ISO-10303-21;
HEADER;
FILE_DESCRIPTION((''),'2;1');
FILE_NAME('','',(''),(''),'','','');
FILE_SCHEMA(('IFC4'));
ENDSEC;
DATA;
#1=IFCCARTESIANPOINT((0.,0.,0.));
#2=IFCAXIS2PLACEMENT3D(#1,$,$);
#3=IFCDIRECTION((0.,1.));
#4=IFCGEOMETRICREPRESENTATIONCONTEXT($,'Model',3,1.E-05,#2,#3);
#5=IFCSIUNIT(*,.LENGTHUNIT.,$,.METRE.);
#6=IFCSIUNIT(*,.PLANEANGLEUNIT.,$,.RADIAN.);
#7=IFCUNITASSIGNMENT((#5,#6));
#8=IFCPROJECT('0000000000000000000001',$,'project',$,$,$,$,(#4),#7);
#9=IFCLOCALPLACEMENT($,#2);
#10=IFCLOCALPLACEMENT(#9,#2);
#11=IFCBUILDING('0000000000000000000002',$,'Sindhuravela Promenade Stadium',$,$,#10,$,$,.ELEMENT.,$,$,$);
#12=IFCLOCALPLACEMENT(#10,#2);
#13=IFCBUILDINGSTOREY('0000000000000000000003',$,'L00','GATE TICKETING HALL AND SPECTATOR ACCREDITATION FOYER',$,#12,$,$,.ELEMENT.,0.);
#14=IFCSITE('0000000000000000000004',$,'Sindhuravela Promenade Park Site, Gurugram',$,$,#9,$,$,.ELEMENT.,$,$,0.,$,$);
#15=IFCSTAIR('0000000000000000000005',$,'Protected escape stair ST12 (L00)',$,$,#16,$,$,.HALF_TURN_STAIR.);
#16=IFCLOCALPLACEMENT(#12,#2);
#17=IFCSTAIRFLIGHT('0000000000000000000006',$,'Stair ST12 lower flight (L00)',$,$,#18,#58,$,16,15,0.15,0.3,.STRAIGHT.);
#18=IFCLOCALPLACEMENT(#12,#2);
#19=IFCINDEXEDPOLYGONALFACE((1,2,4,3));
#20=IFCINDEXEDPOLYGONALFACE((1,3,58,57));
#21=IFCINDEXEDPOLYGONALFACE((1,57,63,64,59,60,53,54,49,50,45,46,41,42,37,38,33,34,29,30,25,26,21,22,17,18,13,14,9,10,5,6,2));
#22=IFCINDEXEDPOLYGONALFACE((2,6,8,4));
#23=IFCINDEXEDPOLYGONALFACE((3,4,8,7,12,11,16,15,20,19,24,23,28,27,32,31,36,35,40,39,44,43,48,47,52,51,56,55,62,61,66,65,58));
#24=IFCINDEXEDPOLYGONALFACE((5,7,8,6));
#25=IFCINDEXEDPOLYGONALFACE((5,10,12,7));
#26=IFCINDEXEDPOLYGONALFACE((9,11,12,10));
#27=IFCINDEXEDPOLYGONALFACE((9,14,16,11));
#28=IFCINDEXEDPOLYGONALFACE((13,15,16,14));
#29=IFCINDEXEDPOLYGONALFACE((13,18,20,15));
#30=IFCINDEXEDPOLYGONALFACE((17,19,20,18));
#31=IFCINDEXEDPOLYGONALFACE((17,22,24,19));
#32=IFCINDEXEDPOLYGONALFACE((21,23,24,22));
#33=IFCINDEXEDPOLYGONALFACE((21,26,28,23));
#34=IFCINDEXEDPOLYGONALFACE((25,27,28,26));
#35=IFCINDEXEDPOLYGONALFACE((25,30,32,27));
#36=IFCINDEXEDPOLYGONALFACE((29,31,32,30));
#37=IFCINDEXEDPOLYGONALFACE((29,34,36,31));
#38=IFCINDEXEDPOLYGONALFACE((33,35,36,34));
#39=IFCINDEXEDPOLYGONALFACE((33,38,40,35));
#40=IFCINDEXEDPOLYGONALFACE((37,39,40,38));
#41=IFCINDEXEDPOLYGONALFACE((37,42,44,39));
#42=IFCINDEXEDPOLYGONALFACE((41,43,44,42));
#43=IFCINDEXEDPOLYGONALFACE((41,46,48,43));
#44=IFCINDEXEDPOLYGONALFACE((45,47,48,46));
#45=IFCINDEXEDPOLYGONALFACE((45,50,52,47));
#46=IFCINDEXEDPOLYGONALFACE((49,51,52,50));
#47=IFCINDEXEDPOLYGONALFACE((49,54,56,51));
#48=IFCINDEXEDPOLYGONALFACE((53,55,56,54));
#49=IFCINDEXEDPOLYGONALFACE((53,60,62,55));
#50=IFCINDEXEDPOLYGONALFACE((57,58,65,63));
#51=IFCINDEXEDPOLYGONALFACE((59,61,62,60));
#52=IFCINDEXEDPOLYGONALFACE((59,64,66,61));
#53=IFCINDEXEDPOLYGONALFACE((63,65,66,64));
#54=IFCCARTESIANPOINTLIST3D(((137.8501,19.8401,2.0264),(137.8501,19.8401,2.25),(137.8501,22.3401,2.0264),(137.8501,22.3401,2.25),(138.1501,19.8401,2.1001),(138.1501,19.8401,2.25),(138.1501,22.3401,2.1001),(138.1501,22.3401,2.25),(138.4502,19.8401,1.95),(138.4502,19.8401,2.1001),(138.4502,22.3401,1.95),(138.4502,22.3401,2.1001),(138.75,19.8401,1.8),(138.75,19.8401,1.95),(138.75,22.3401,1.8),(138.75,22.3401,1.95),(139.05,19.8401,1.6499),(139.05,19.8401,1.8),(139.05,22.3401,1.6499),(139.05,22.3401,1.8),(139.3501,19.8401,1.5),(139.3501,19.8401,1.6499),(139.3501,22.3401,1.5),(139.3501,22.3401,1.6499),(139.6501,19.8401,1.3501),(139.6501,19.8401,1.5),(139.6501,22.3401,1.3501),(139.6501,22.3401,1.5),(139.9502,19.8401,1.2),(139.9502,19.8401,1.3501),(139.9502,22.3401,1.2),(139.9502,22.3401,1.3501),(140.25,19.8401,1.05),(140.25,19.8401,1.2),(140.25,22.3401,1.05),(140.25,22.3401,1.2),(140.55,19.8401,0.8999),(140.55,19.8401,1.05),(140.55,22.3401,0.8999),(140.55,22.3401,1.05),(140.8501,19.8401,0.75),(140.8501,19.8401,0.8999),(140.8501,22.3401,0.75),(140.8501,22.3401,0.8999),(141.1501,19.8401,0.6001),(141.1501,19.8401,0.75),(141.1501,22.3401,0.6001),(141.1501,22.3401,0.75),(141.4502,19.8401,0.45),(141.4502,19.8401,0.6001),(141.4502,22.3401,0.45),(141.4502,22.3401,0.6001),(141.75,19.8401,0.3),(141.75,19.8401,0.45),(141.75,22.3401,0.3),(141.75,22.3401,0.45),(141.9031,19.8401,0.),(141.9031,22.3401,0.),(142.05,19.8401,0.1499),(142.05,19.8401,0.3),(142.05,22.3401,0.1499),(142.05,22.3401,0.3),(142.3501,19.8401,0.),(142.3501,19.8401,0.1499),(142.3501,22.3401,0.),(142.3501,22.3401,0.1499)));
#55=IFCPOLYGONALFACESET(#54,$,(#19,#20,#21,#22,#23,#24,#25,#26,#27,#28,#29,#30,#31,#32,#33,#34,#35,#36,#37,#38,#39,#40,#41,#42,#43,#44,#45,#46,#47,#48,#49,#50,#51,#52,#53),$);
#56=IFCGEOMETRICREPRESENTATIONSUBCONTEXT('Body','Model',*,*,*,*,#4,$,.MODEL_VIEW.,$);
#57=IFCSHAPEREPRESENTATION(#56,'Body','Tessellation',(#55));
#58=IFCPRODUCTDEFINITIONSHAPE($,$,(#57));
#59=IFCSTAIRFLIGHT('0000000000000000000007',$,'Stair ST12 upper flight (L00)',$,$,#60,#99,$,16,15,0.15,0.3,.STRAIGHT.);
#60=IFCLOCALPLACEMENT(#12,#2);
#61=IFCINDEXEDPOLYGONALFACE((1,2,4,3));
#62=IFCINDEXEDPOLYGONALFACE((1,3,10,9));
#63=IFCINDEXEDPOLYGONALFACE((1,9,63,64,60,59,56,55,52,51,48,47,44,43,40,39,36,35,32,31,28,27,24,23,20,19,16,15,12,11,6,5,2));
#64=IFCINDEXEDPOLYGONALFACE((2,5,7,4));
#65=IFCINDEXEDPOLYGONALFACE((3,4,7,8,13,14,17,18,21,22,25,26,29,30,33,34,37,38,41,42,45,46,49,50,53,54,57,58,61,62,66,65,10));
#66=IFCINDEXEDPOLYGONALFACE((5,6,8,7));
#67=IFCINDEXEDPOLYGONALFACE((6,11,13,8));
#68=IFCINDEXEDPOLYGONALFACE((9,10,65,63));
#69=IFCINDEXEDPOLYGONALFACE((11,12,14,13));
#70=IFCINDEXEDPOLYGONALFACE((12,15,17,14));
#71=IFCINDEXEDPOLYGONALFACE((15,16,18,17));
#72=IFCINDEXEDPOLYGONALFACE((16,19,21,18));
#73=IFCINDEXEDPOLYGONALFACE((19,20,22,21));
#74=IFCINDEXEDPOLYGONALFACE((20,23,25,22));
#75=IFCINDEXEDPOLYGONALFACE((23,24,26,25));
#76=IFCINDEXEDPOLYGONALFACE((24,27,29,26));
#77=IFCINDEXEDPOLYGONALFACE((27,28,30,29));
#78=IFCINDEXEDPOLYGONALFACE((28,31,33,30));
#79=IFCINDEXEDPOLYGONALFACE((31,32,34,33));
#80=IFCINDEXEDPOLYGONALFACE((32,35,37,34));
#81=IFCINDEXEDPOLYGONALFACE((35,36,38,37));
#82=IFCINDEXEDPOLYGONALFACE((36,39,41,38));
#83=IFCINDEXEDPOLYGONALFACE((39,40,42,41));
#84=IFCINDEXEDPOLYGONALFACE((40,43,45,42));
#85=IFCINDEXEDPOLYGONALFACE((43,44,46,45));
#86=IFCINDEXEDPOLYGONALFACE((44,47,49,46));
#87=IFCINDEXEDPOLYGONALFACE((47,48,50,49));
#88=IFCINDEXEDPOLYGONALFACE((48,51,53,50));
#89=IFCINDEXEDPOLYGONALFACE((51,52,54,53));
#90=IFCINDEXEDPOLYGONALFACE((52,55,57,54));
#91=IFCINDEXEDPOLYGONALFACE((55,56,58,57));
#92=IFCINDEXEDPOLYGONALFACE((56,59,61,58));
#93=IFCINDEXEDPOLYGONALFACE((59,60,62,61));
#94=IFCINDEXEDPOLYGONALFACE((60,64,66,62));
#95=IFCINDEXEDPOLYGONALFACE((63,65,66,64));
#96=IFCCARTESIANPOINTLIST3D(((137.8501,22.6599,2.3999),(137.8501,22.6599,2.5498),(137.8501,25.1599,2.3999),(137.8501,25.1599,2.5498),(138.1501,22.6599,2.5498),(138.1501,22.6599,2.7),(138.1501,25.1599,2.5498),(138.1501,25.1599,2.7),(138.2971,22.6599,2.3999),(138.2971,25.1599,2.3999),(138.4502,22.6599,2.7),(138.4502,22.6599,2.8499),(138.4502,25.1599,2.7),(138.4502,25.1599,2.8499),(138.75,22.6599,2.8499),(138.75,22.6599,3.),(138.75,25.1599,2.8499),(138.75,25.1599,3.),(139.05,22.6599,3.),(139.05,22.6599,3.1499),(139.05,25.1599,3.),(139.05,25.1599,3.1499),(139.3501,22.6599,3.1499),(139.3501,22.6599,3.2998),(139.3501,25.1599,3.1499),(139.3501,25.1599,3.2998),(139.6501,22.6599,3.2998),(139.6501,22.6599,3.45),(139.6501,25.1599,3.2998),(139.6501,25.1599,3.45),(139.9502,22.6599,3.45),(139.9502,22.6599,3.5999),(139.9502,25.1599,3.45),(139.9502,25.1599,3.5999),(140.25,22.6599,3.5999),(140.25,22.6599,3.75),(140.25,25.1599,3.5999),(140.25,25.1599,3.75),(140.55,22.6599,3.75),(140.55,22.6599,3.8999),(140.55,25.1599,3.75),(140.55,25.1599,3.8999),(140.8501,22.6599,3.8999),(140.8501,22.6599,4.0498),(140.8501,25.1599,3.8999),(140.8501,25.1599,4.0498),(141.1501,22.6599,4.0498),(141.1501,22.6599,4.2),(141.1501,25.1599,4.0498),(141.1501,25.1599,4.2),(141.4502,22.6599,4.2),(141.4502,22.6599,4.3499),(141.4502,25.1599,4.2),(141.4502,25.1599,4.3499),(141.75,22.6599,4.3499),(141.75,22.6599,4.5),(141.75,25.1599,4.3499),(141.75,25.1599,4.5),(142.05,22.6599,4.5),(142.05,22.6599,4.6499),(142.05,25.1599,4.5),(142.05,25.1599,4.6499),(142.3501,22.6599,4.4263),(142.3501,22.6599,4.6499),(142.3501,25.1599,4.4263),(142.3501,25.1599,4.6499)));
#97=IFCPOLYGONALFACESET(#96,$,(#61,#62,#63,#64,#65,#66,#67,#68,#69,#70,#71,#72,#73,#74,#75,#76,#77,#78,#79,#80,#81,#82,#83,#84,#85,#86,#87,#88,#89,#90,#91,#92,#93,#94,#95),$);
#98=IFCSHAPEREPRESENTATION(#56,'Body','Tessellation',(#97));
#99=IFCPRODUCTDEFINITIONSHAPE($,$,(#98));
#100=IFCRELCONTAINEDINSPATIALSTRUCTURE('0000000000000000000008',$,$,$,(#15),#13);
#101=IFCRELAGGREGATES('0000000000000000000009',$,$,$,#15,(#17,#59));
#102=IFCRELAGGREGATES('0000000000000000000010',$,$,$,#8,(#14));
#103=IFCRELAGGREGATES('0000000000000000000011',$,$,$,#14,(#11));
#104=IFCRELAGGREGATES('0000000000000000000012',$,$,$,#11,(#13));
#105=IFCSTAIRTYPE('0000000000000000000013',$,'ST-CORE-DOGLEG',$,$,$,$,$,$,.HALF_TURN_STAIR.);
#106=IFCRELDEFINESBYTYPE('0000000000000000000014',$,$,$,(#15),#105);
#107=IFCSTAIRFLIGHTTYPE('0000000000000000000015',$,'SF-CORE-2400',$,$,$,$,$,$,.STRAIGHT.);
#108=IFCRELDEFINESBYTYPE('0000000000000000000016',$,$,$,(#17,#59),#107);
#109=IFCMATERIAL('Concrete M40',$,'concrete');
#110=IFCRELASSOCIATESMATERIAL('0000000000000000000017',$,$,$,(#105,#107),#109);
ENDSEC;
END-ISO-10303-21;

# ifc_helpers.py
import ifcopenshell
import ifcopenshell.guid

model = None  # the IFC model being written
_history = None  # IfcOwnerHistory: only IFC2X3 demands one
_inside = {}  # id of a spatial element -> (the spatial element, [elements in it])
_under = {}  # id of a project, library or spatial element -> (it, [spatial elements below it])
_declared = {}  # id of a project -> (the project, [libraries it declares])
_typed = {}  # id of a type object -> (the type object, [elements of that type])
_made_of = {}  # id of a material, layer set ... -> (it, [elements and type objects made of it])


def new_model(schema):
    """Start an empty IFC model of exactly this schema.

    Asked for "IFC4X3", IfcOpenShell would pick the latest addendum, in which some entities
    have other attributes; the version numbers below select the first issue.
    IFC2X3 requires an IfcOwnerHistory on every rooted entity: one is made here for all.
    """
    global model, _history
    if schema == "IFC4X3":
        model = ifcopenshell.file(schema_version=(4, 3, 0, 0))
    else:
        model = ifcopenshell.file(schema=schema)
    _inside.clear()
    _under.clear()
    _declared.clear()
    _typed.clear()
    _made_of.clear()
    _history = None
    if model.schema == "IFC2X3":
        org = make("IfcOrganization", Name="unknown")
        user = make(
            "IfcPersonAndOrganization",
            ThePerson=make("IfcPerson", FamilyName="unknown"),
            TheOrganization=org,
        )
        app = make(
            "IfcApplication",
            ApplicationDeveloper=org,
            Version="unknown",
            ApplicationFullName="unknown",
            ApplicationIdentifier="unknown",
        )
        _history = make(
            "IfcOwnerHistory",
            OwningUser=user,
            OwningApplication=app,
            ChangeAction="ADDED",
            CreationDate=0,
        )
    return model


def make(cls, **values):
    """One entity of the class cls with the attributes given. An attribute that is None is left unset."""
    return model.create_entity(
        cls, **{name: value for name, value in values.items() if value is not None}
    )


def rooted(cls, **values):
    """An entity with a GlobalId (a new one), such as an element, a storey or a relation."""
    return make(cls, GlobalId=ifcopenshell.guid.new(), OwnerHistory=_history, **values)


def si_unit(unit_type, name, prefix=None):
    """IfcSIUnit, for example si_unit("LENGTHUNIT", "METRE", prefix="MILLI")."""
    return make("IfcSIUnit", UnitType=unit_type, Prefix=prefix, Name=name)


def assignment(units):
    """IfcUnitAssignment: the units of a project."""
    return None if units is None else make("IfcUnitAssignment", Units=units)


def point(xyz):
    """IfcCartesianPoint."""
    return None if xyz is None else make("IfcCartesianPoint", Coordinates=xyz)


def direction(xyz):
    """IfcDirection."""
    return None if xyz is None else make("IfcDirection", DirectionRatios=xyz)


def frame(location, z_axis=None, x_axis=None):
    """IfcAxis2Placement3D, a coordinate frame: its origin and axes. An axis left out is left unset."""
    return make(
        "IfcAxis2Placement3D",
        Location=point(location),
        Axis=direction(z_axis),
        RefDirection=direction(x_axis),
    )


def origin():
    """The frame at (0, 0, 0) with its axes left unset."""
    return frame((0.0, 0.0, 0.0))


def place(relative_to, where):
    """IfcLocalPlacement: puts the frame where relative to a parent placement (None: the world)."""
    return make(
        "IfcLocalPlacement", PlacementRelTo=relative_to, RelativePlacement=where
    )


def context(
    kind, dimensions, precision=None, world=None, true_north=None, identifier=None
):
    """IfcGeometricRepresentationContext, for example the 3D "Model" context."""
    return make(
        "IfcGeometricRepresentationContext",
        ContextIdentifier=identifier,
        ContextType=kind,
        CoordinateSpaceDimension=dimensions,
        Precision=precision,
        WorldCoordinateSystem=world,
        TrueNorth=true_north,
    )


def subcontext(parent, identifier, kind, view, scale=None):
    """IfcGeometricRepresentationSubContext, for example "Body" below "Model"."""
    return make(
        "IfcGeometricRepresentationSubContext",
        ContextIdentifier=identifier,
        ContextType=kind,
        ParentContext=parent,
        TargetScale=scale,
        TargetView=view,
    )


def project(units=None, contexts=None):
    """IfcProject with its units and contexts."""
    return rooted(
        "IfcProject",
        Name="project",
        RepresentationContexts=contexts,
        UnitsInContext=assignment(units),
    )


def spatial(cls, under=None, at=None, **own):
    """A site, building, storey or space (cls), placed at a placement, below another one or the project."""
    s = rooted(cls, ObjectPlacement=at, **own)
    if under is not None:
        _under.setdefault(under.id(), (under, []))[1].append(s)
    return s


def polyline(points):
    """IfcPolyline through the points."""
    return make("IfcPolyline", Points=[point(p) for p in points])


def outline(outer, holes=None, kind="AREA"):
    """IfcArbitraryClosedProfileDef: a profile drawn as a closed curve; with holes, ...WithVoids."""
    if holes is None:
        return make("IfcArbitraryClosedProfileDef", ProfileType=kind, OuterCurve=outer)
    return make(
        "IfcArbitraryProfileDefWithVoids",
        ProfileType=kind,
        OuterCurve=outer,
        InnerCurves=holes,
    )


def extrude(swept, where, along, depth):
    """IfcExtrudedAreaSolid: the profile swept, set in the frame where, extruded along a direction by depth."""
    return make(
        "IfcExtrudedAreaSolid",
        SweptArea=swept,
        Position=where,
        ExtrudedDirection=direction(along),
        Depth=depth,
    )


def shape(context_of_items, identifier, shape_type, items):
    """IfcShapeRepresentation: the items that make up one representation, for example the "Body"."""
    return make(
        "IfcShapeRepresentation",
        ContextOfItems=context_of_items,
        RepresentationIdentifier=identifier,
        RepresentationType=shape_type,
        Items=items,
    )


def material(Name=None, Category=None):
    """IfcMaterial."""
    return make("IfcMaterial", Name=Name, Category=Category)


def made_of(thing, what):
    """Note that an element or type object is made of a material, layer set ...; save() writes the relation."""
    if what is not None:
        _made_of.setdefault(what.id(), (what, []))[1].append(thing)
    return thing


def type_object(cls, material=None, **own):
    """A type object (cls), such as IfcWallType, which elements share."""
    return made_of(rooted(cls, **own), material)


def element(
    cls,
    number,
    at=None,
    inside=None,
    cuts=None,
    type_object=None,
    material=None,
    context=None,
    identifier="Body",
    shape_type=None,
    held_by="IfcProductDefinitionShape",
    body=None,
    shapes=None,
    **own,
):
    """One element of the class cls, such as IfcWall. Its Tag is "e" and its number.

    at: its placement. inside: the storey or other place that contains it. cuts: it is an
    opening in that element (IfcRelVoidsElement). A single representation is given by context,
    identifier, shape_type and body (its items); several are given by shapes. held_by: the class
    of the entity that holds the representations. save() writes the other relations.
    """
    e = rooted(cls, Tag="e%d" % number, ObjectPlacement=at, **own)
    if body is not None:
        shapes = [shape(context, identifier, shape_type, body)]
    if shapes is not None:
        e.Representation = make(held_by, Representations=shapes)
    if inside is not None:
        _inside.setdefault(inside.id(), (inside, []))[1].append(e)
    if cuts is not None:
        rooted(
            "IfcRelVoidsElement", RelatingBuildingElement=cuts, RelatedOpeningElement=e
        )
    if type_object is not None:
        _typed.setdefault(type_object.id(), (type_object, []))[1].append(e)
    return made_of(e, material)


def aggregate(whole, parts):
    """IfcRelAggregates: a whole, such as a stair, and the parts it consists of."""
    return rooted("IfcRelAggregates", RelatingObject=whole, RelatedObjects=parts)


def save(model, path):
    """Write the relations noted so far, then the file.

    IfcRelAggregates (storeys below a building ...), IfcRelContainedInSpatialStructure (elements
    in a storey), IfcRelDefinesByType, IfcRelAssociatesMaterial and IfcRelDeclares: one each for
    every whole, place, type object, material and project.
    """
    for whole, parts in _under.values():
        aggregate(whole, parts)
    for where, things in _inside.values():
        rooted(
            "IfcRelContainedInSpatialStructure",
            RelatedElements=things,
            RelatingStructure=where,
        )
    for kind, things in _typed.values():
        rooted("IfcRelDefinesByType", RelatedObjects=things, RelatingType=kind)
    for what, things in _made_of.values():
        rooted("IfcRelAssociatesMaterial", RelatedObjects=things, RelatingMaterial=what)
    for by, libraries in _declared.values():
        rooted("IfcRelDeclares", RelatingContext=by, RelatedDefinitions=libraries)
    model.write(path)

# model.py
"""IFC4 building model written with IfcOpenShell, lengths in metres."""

from ifc_helpers import new_model, si_unit, direction, frame, origin, place, context, subcontext, project, spatial, polyline, outline, extrude, material, type_object, element, aggregate, save


model = new_model("IFC4")

# Units and contexts
model_context = context("Model", 3, precision=1e-05, world=origin(), true_north=direction((0.0, 1.0)))
body_context = subcontext(model_context, "Body", "Model", "MODEL_VIEW")
ifc_project = project(units=[si_unit("LENGTHUNIT", "METRE"), si_unit("PLANEANGLEUNIT", "RADIAN")], contexts=[model_context])

# Site, building, storey
site_placement = place(None, origin())
site = spatial("IfcSite", under=ifc_project, at=site_placement, Name="Sindhuravela Promenade Park Site, Gurugram", CompositionType="ELEMENT", RefElevation=0.0)
building_placement = place(site_placement, origin())
building = spatial("IfcBuilding", under=site, at=building_placement, Name="Sindhuravela Promenade Stadium", CompositionType="ELEMENT")
storey_placement = place(building_placement, origin())
storey = spatial("IfcBuildingStorey", under=building, at=storey_placement, Name="L00", Description="GATE TICKETING HALL AND SPECTATOR ACCREDITATION FOYER", CompositionType="ELEMENT", Elevation=0.0)

# Shared definitions
ifc_material_1 = material(Name="Concrete M40", Category="concrete")

# Stair, stair flights
stair_type = type_object("IfcStairType", Name="ST-CORE-DOGLEG", PredefinedType="HALF_TURN_STAIR", material=ifc_material_1)
stair_placement = place(storey_placement, origin())
stair = element("IfcStair", 1, at=stair_placement, inside=storey, type_object=stair_type, Name="Protected escape stair ST12 (L00)", PredefinedType="HALF_TURN_STAIR")
stair_flight_type = type_object("IfcStairFlightType", Name="SF-CORE-2400", PredefinedType="STRAIGHT", material=ifc_material_1)
stair_flight_1_placement = place(storey_placement, frame((142.3501, 21.0901, 0.0), z_axis=(0.0, 0.0, 1.0), x_axis=(-1.0, 0.0, 0.0)))
stair_flight_1 = element("IfcStairFlight", 2, at=stair_flight_1_placement, type_object=stair_flight_type, Name="Stair ST12 lower flight (L00)", NumberOfRisers=16, NumberOfTreads=15, PredefinedType="STRAIGHT", RiserHeight=0.15, TreadLength=0.3, context=body_context, shape_type="SweptSolid", body=[
    extrude(outline(polyline([(0.0, 0.0), (0.0, 0.1499), (0.3, 0.1499), (0.3, 0.3), (0.6001, 0.3), (0.6001, 0.45), (0.8999, 0.45), (0.8999, 0.6001), (1.2, 0.6001), (1.2, 0.75), (1.5, 0.75), (1.5, 0.8999), (1.8, 0.8999), (1.8, 1.05), (2.1001, 1.05), (2.1001, 1.2), (2.3999, 1.2), (2.3999, 1.3501), (2.7, 1.3501), (2.7, 1.5), (3.0, 1.5), (3.0, 1.6499), (3.3, 1.6499), (3.3, 1.8), (3.6001, 1.8), (3.6001, 1.95), (3.8999, 1.95), (3.8999, 2.1001), (4.2, 2.1001), (4.2, 2.25), (4.5, 2.25), (4.5, 2.3999), (4.5, 2.0264), (0.447, 0.0), (0.0, 0.0)])), frame((0.0, 1.25, 0.0), z_axis=(0.0, -1.0, 0.0), x_axis=(1.0, 0.0, 0.0)), (0.0, 0.0, 1.0), 2.5),
])
stair_flight_2_placement = place(storey_placement, frame((137.8501, 23.9099, 2.3999), z_axis=(0.0, 0.0, 1.0), x_axis=(1.0, 0.0, 0.0)))
stair_flight_2 = element("IfcStairFlight", 3, at=stair_flight_2_placement, type_object=stair_flight_type, Name="Stair ST12 upper flight (L00)", NumberOfRisers=16, NumberOfTreads=15, PredefinedType="STRAIGHT", RiserHeight=0.15, TreadLength=0.3, context=body_context, shape_type="SweptSolid", body=[
    extrude(outline(polyline([(0.0, 0.0), (0.0, 0.1499), (0.3, 0.1499), (0.3, 0.3), (0.6001, 0.3), (0.6001, 0.45), (0.8999, 0.45), (0.8999, 0.6001), (1.2, 0.6001), (1.2, 0.75), (1.5, 0.75), (1.5, 0.8999), (1.8, 0.8999), (1.8, 1.05), (2.1001, 1.05), (2.1001, 1.2), (2.3999, 1.2), (2.3999, 1.3501), (2.7, 1.3501), (2.7, 1.5), (3.0, 1.5), (3.0, 1.6499), (3.3, 1.6499), (3.3, 1.8), (3.6001, 1.8), (3.6001, 1.95), (3.8999, 1.95), (3.8999, 2.1001), (4.2, 2.1001), (4.2, 2.25), (4.5, 2.25), (4.5, 2.3999), (4.5, 2.0264), (0.447, 0.0), (0.0, 0.0)])), frame((0.0, 1.25, 0.0), z_axis=(0.0, -1.0, 0.0), x_axis=(1.0, 0.0, 0.0)), (0.0, 0.0, 1.0), 2.5),
])
aggregate(stair, [stair_flight_1, stair_flight_2])

save(model, "model.ifc")
